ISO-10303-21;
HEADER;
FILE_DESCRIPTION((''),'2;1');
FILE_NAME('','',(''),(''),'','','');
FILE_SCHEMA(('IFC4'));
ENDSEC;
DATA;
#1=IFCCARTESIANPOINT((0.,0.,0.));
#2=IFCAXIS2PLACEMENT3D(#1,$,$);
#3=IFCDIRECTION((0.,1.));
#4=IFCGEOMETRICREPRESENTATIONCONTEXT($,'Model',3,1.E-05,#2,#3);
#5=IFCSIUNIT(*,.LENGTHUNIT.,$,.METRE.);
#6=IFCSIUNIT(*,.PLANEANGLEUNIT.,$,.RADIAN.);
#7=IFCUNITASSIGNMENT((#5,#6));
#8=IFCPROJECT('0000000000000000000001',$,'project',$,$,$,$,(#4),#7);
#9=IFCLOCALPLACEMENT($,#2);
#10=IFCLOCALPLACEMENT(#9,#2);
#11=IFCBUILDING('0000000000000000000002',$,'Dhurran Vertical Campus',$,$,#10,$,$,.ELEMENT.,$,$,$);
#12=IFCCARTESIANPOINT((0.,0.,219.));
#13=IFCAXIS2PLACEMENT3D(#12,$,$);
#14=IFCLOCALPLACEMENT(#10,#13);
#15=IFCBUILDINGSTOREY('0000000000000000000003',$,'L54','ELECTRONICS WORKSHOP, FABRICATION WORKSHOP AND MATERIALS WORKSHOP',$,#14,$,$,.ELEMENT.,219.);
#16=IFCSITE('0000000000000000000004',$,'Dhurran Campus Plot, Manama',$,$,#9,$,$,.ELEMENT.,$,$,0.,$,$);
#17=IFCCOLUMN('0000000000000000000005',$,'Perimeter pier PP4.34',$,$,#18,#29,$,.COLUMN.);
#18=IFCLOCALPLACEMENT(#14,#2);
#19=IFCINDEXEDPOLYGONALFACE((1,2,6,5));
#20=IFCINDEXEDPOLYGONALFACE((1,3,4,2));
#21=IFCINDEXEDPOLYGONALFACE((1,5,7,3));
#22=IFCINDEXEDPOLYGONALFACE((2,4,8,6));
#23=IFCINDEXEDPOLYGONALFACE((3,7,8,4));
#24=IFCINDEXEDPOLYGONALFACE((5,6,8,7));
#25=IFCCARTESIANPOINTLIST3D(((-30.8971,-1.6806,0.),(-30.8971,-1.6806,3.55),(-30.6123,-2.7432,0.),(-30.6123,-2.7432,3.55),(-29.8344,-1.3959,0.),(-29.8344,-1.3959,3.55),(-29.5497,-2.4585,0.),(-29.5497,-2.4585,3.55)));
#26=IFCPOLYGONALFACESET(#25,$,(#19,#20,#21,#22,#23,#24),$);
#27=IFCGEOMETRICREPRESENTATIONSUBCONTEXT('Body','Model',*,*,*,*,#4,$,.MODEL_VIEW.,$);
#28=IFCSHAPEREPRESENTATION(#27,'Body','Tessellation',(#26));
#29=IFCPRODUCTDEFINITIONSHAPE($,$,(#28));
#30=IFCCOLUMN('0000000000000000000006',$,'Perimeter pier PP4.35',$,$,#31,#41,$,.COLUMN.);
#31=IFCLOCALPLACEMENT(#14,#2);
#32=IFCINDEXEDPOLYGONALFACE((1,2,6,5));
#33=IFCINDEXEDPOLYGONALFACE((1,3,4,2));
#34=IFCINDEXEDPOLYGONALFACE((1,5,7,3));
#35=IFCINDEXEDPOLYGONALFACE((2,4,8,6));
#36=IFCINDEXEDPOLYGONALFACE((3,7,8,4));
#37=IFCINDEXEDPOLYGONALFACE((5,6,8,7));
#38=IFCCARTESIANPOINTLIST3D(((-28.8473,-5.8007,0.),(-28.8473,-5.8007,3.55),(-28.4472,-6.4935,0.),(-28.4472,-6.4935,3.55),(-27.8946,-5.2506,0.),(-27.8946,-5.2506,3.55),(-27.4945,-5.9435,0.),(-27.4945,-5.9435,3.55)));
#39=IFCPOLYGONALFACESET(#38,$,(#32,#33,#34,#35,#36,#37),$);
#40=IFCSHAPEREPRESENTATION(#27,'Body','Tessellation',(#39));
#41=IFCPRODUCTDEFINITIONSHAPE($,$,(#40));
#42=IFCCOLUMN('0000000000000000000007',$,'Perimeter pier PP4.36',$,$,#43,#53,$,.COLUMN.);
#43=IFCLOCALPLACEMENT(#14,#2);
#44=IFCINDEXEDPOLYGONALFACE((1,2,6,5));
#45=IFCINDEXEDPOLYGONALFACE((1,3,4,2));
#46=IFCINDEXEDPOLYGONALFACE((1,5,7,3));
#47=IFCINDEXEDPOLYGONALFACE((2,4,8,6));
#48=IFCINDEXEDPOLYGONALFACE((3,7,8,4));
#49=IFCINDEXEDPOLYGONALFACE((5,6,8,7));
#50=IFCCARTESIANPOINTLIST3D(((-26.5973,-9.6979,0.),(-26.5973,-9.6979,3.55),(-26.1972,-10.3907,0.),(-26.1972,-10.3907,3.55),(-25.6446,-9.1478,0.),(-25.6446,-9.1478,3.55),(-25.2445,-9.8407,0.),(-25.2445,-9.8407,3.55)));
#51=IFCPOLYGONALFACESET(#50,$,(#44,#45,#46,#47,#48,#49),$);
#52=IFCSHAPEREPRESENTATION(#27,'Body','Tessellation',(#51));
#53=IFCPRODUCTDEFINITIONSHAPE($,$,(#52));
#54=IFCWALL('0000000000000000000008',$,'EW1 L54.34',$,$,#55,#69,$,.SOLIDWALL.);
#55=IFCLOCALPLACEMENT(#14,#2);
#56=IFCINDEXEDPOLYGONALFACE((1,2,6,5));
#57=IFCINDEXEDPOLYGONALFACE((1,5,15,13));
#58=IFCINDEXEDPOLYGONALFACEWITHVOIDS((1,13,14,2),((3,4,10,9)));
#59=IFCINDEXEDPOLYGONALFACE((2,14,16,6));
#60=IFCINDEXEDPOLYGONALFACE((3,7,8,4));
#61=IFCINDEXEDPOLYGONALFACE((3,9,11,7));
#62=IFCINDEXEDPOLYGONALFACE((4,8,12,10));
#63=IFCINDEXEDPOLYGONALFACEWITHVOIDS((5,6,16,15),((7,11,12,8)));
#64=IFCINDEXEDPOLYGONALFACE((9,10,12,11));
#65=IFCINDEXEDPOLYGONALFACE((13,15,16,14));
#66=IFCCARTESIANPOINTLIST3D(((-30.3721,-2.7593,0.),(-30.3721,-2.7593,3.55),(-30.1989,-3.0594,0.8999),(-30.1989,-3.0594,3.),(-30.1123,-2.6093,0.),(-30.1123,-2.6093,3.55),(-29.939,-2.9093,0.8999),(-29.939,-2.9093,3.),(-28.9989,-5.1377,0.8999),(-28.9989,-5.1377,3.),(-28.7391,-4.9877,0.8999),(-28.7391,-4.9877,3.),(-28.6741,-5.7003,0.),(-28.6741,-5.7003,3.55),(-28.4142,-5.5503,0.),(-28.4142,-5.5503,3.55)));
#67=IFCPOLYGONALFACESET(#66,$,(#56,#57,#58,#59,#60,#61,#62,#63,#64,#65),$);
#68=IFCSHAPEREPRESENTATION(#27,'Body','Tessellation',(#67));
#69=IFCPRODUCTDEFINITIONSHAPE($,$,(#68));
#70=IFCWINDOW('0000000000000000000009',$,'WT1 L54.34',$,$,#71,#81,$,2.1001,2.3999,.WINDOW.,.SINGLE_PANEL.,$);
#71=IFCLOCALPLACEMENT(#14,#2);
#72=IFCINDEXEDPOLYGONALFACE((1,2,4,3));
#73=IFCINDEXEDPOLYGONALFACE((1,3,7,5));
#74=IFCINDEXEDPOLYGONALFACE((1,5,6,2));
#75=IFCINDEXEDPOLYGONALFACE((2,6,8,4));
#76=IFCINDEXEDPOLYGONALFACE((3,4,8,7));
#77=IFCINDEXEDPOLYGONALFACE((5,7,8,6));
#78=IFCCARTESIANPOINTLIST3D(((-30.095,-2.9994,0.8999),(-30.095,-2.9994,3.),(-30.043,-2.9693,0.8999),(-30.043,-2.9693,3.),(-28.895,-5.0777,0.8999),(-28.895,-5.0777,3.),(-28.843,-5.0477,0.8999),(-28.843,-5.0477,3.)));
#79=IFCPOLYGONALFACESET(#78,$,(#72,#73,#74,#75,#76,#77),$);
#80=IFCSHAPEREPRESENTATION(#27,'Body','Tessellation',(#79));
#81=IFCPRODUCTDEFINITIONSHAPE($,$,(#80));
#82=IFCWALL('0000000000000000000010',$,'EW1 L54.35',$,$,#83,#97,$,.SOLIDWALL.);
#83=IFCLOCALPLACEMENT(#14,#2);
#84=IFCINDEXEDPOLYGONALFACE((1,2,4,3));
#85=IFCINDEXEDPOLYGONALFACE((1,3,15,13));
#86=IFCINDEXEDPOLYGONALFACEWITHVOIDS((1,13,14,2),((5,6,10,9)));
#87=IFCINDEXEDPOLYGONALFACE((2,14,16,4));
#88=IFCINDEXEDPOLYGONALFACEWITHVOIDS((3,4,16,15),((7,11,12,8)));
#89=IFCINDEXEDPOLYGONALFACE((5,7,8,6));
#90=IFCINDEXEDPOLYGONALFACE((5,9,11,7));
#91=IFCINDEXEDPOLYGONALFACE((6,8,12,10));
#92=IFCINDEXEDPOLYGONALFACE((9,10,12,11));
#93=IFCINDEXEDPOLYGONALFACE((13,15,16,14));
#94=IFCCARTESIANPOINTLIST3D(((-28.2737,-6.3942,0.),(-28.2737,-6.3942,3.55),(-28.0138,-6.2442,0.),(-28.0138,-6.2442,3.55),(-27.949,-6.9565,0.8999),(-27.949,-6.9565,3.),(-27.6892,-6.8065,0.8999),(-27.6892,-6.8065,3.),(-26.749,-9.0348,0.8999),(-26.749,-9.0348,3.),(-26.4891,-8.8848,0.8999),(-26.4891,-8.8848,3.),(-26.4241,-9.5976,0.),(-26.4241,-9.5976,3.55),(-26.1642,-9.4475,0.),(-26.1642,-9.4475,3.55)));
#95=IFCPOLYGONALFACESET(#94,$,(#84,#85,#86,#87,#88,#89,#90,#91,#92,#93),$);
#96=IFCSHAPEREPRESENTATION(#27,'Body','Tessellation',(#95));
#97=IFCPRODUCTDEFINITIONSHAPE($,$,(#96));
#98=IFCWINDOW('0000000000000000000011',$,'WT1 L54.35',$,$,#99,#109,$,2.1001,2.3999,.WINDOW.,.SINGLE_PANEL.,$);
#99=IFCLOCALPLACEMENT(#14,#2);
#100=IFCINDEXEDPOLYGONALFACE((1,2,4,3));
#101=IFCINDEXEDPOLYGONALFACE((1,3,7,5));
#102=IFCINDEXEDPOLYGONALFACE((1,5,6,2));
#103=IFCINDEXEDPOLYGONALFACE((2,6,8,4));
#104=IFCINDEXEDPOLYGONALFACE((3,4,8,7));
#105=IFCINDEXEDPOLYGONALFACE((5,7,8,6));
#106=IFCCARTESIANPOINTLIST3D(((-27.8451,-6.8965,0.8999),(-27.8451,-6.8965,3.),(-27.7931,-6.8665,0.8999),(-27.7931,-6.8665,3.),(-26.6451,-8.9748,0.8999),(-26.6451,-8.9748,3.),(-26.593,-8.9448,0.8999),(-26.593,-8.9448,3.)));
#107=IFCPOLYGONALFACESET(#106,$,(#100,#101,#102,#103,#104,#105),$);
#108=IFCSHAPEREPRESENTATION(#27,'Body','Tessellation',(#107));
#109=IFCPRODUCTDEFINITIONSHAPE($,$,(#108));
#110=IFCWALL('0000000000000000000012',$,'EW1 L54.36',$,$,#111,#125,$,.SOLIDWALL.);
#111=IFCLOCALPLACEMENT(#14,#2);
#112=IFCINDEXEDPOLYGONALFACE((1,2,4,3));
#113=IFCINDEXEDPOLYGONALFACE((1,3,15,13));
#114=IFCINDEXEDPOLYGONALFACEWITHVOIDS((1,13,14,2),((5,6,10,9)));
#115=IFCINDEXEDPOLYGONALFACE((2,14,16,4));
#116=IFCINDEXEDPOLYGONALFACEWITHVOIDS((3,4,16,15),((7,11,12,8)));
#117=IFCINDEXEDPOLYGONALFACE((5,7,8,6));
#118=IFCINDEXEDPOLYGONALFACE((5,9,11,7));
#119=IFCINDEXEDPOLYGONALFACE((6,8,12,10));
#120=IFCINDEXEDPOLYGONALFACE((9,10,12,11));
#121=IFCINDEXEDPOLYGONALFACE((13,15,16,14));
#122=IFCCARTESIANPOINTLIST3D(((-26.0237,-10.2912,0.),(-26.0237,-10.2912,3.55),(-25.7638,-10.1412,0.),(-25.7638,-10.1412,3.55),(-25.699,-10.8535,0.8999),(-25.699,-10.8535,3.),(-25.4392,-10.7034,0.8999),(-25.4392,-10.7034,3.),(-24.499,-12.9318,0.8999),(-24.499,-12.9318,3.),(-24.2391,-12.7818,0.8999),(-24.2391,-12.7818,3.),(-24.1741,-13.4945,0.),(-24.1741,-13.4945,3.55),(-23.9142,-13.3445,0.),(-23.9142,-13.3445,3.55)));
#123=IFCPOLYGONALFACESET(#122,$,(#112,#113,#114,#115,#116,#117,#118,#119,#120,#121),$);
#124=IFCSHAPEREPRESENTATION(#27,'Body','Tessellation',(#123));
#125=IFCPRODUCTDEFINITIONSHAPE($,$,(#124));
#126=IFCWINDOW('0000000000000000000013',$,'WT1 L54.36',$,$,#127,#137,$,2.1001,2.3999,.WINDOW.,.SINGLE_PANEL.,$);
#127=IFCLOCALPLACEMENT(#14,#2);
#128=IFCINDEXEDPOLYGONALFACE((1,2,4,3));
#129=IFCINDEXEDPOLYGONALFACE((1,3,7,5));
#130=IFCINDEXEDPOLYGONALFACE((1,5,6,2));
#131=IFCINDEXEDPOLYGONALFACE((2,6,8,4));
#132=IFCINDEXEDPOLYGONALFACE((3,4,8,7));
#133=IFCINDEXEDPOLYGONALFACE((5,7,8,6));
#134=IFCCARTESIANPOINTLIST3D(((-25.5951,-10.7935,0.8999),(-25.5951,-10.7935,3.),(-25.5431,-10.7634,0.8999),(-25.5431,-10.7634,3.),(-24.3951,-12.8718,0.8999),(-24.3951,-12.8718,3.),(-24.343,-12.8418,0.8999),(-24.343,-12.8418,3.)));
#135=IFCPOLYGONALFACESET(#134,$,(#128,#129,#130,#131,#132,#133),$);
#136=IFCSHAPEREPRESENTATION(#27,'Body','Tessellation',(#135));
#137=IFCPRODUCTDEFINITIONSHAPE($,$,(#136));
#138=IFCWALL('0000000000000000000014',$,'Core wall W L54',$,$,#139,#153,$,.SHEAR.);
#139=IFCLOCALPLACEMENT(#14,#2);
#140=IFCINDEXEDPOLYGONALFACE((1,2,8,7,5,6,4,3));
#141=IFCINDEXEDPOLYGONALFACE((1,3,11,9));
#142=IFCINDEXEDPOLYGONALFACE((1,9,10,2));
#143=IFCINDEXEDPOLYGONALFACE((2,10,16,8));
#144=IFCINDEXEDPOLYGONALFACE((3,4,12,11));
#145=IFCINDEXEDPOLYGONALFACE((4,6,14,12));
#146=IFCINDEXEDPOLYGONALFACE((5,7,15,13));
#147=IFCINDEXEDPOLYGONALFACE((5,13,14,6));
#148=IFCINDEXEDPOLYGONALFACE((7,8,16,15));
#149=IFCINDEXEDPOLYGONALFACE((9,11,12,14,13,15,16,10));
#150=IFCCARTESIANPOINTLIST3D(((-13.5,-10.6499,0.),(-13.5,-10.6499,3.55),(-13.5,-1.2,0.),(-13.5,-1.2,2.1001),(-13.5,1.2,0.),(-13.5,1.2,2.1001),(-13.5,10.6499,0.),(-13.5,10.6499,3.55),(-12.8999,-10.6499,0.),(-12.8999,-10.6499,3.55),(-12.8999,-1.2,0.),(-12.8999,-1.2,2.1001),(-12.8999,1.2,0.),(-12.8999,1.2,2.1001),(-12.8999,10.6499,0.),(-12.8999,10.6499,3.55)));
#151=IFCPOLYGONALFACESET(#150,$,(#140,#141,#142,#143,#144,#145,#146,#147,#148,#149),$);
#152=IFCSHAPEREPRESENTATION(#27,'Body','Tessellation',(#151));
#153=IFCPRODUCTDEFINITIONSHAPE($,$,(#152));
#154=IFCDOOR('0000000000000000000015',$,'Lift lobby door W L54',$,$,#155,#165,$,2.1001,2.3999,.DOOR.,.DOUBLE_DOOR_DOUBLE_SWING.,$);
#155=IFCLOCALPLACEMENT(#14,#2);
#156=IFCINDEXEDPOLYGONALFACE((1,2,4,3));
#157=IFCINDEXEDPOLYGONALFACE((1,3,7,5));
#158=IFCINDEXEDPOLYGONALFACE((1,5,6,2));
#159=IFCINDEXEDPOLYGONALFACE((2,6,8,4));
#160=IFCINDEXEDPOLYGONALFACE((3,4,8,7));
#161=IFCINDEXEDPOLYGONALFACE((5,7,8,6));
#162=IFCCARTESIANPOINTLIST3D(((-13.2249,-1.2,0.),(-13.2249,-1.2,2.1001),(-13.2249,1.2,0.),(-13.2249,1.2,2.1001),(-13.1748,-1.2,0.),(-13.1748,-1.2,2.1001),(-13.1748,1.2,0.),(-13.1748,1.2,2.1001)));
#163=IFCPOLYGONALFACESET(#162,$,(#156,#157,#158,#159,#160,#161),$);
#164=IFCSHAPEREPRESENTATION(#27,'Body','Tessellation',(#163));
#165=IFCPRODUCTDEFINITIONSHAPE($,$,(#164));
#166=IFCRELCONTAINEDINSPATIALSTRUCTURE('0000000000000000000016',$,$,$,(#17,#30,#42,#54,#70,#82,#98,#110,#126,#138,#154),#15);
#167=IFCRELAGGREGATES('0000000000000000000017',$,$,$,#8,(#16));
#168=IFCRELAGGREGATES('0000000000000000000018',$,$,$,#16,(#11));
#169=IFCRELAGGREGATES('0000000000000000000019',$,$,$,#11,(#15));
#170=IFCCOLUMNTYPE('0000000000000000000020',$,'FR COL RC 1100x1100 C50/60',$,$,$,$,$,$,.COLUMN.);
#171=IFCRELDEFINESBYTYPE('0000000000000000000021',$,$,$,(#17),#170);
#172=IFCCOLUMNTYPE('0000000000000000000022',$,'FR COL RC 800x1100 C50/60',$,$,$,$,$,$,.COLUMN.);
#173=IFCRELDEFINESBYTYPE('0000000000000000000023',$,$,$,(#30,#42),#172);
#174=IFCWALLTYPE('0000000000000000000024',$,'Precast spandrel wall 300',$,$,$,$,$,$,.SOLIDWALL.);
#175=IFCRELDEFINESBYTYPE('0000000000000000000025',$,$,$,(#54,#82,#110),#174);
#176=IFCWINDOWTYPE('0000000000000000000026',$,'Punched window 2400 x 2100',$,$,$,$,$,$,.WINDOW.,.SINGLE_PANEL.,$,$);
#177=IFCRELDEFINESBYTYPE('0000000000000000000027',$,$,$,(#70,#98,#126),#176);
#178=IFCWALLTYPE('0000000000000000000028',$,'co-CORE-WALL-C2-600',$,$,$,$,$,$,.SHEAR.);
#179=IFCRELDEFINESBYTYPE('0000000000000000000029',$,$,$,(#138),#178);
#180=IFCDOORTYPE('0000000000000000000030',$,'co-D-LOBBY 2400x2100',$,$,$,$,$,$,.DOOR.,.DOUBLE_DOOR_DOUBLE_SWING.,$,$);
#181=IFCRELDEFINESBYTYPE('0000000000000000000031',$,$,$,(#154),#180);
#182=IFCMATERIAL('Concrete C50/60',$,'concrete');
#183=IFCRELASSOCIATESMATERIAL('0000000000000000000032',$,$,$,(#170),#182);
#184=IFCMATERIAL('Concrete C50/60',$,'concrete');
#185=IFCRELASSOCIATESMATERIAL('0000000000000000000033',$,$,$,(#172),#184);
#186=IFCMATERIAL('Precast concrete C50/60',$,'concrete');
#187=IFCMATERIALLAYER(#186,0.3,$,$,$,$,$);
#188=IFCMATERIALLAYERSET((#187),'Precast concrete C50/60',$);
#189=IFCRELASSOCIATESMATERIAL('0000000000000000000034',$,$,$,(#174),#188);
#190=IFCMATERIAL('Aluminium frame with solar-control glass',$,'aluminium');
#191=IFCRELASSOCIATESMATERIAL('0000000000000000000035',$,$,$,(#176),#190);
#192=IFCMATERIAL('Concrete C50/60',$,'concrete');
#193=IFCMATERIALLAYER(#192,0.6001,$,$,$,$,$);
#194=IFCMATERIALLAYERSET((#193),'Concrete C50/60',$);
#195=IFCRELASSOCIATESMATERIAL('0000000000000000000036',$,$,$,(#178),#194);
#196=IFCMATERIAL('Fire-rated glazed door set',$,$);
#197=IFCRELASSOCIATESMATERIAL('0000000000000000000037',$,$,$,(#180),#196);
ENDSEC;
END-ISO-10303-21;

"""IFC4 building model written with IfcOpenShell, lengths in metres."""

from ifc_helpers import new_model, si_unit, direction, frame, frame_2d, origin, origin_2d, place, context, subcontext, project, spatial, rectangle, extrude, material, layer, layer_set, material_profile, profile_set, type_object, element, fill, save


model = new_model("IFC4")

# Units and contexts
model_context = context("Model", 3, precision=1e-05, world=origin(), true_north=direction((0.0, 1.0)))
body_context = subcontext(model_context, "Body", "Model", "MODEL_VIEW")
ifc_project = project(units=[si_unit("LENGTHUNIT", "METRE"), si_unit("PLANEANGLEUNIT", "RADIAN")], contexts=[model_context])

# Site, building, storey
site_placement = place(None, origin())
site = spatial("IfcSite", under=ifc_project, at=site_placement, Name="Dhurran Campus Plot, Manama", CompositionType="ELEMENT", RefElevation=0.0)
building_placement = place(site_placement, origin())
building = spatial("IfcBuilding", under=site, at=building_placement, Name="Dhurran Vertical Campus", CompositionType="ELEMENT")
storey_placement = place(building_placement, frame((0.0, 0.0, 219.0)))
storey = spatial("IfcBuildingStorey", under=building, at=storey_placement, Name="L54", Description="ELECTRONICS WORKSHOP, FABRICATION WORKSHOP AND MATERIALS WORKSHOP", CompositionType="ELEMENT", Elevation=219.0)

# Columns
ifc_material_1 = material(Name="Concrete C50/60", Category="concrete")
ifc_material_profile_1 = material_profile(ifc_material_1, rectangle(XDim=1.1001, YDim=1.1001, at=origin_2d()), Name="RC 1100x1100")
ifc_profile_set_1 = profile_set([ifc_material_profile_1], Name="Concrete C50/60")
column_type_1 = type_object("IfcColumnType", Name="FR COL RC 1100x1100 C50/60", PredefinedType="COLUMN", material=ifc_profile_set_1)
column_placement = place(storey_placement, frame((-30.2234, -2.0696, 0.0), z_axis=(0.0, 0.0, 1.0), x_axis=(0.258819, -0.965926, 0.0)))
element("IfcColumn", 1, at=column_placement, inside=storey, type_object=column_type_1, Name="Perimeter pier PP4.34", PredefinedType="COLUMN", context=body_context, shape_type="SweptSolid", body=[
    extrude(rectangle(XDim=1.1001, YDim=1.1001, at=origin_2d()), origin(), (0.0, 0.0, 1.0), 3.55),
])
ifc_material_2 = material(Name="Concrete C50/60", Category="concrete")
ifc_material_profile_2 = material_profile(ifc_material_2, rectangle(XDim=0.8, YDim=1.1001, at=origin_2d()), Name="RC 800x1100")
ifc_profile_set_2 = profile_set([ifc_material_profile_2], Name="Concrete C50/60")
column_type_2 = type_object("IfcColumnType", Name="FR COL RC 800x1100 C50/60", PredefinedType="COLUMN", material=ifc_profile_set_2)
for number, where, z_axis, x_axis, name in (
    (2, (-28.1709, -5.8721, 0.0), (0.0, 0.0, 1.0), (0.5, -0.866025, 0.0), "Perimeter pier PP4.35"),
    (3, (-25.9209, -9.7693, 0.0), (0.0, 0.0, 1.0), (0.5, -0.866025, 0.0), "Perimeter pier PP4.36"),
):
    element("IfcColumn", number, at=place(storey_placement, frame(where, z_axis=z_axis, x_axis=x_axis)), inside=storey, type_object=column_type_2, Name=name, PredefinedType="COLUMN", context=body_context, shape_type="SweptSolid", body=[
        extrude(rectangle(XDim=0.8, YDim=1.1001, at=origin_2d()), origin(), (0.0, 0.0, 1.0), 3.55),
    ])

# Walls, openings, windows
ifc_material_3 = material(Name="Precast concrete C50/60", Category="concrete")
ifc_layer_1 = layer(ifc_material_3, 0.3)
ifc_layer_set_1 = layer_set([ifc_layer_1], Name="Precast concrete C50/60")
wall_type_1 = type_object("IfcWallType", Name="Precast spandrel wall 300", PredefinedType="SOLIDWALL", material=ifc_layer_set_1)
wall_1_placement = place(storey_placement, frame((-30.2422, -2.6843, 0.0), z_axis=(0.0, 0.0, 1.0), x_axis=(0.500013, -0.866018, 0.0)))
wall_1 = element("IfcWall", 4, at=wall_1_placement, inside=storey, type_object=wall_type_1, Name="EW1 L54.34", PredefinedType="SOLIDWALL", context=body_context, shape_type="SweptSolid", body=[
    extrude(rectangle(XDim=3.396, YDim=0.3, at=frame_2d((1.698, 0.0))), origin(), (0.0, 0.0, 1.0), 3.55),
])
opening_1_placement = place(wall_1_placement, frame((0.3464, 0.0, 0.8999)))
opening_1 = element("IfcOpeningElement", 5, at=opening_1_placement, cuts=wall_1, PredefinedType="OPENING", context=body_context, shape_type="SweptSolid", body=[
    extrude(rectangle(XDim=2.3999, YDim=2.1001, at=frame_2d((1.2, 1.05))), frame((0.0, 0.1599, 0.0), z_axis=(0.0, -1.0, 0.0), x_axis=(1.0, 0.0, 0.0)), (0.0, 0.0, 1.0), 0.3201),
])
ifc_material_4 = material(Name="Aluminium frame with solar-control glass", Category="aluminium")
window_type = type_object("IfcWindowType", Name="Punched window 2400 x 2100", PartitioningType="SINGLE_PANEL", PredefinedType="WINDOW", material=ifc_material_4)
window_1_placement = place(opening_1_placement, origin())
window_1 = element("IfcWindow", 6, at=window_1_placement, inside=storey, type_object=window_type, Name="WT1 L54.34", OverallHeight=2.1001, OverallWidth=2.3999, PartitioningType="SINGLE_PANEL", PredefinedType="WINDOW", context=body_context, shape_type="SweptSolid", body=[
    extrude(rectangle(XDim=2.3999, YDim=2.1001, at=frame_2d((1.2, 1.05))), frame((0.0, 0.03, 0.0), z_axis=(0.0, -1.0, 0.0), x_axis=(1.0, 0.0, 0.0)), (0.0, 0.0, 1.0), 0.0601),
])
fill(opening_1, window_1)
wall_2_placement = place(storey_placement, frame((-28.1438, -6.3191, 0.0), z_axis=(0.0, 0.0, 1.0), x_axis=(0.500029, -0.866009, 0.0)))
wall_2 = element("IfcWall", 7, at=wall_2_placement, inside=storey, type_object=wall_type_1, Name="EW1 L54.35", PredefinedType="SOLIDWALL", context=body_context, shape_type="SweptSolid", body=[
    extrude(rectangle(XDim=3.699, YDim=0.3, at=frame_2d((1.8496, 0.0))), origin(), (0.0, 0.0, 1.0), 3.55),
])
opening_2_placement = place(wall_2_placement, frame((0.6494, 0.0, 0.8999)))
opening_2 = element("IfcOpeningElement", 8, at=opening_2_placement, cuts=wall_2, PredefinedType="OPENING", context=body_context, shape_type="SweptSolid", body=[
    extrude(rectangle(XDim=2.3999, YDim=2.1001, at=frame_2d((1.2, 1.05))), frame((0.0, 0.1599, 0.0), z_axis=(0.0, -1.0, 0.0), x_axis=(1.0, 0.0, 0.0)), (0.0, 0.0, 1.0), 0.3201),
])
window_2_placement = place(opening_2_placement, origin())
window_2 = element("IfcWindow", 9, at=window_2_placement, inside=storey, type_object=window_type, Name="WT1 L54.35", OverallHeight=2.1001, OverallWidth=2.3999, PartitioningType="SINGLE_PANEL", PredefinedType="WINDOW", context=body_context, shape_type="SweptSolid", body=[
    extrude(rectangle(XDim=2.3999, YDim=2.1001, at=frame_2d((1.2, 1.05))), frame((0.0, 0.03, 0.0), z_axis=(0.0, -1.0, 0.0), x_axis=(1.0, 0.0, 0.0)), (0.0, 0.0, 1.0), 0.0601),
])
fill(opening_2, window_2)
wall_3_placement = place(storey_placement, frame((-25.8938, -10.2161, 0.0), z_axis=(0.0, 0.0, 1.0), x_axis=(0.500029, -0.866009, 0.0)))
wall_3 = element("IfcWall", 10, at=wall_3_placement, inside=storey, type_object=wall_type_1, Name="EW1 L54.36", PredefinedType="SOLIDWALL", context=body_context, shape_type="SweptSolid", body=[
    extrude(rectangle(XDim=3.699, YDim=0.3, at=frame_2d((1.8496, 0.0))), origin(), (0.0, 0.0, 1.0), 3.55),
])
opening_3_placement = place(wall_3_placement, frame((0.6494, 0.0, 0.8999)))
opening_3 = element("IfcOpeningElement", 11, at=opening_3_placement, cuts=wall_3, PredefinedType="OPENING", context=body_context, shape_type="SweptSolid", body=[
    extrude(rectangle(XDim=2.3999, YDim=2.1001, at=frame_2d((1.2, 1.05))), frame((0.0, 0.1599, 0.0), z_axis=(0.0, -1.0, 0.0), x_axis=(1.0, 0.0, 0.0)), (0.0, 0.0, 1.0), 0.3201),
])
window_3_placement = place(opening_3_placement, origin())
window_3 = element("IfcWindow", 12, at=window_3_placement, inside=storey, type_object=window_type, Name="WT1 L54.36", OverallHeight=2.1001, OverallWidth=2.3999, PartitioningType="SINGLE_PANEL", PredefinedType="WINDOW", context=body_context, shape_type="SweptSolid", body=[
    extrude(rectangle(XDim=2.3999, YDim=2.1001, at=frame_2d((1.2, 1.05))), frame((0.0, 0.03, 0.0), z_axis=(0.0, -1.0, 0.0), x_axis=(1.0, 0.0, 0.0)), (0.0, 0.0, 1.0), 0.0601),
])
fill(opening_3, window_3)

# Wall, opening, door
ifc_material_5 = material(Name="Concrete C50/60", Category="concrete")
ifc_layer_2 = layer(ifc_material_5, 0.6001)
ifc_layer_set_2 = layer_set([ifc_layer_2], Name="Concrete C50/60")
wall_type_2 = type_object("IfcWallType", Name="co-CORE-WALL-C2-600", PredefinedType="SHEAR", material=ifc_layer_set_2)
wall_4_placement = place(storey_placement, frame((-13.2, -10.6499, 0.0), z_axis=(0.0, 0.0, 1.0), x_axis=(0.0, 1.0, 0.0)))
wall_4 = element("IfcWall", 13, at=wall_4_placement, inside=storey, type_object=wall_type_2, Name="Core wall W L54", PredefinedType="SHEAR", context=body_context, shape_type="SweptSolid", body=[
    extrude(rectangle(XDim=21.2998, YDim=0.6001, at=frame_2d((10.6499, 0.0))), origin(), (0.0, 0.0, 1.0), 3.55),
])
opening_4_placement = place(wall_4_placement, frame((9.45, 0.0, 0.0)))
opening_4 = element("IfcOpeningElement", 14, at=opening_4_placement, cuts=wall_4, PredefinedType="OPENING", context=body_context, shape_type="SweptSolid", body=[
    extrude(rectangle(XDim=2.3999, YDim=2.1001, at=frame_2d((1.2, 1.05))), frame((0.0, 0.3101, 0.0), z_axis=(0.0, -1.0, 0.0), x_axis=(1.0, 0.0, 0.0)), (0.0, 0.0, 1.0), 0.6201),
])
ifc_material_6 = material(Name="Fire-rated glazed door set")
door_type_1 = type_object("IfcDoorType", Name="co-D-LOBBY 2400x2100", OperationType="DOUBLE_DOOR_DOUBLE_SWING", PredefinedType="DOOR", material=ifc_material_6)
door_1_placement = place(opening_4_placement, origin())
door_1 = element("IfcDoor", 15, at=door_1_placement, inside=storey, type_object=door_type_1, Name="Lift lobby door W L54", OperationType="DOUBLE_DOOR_DOUBLE_SWING", OverallHeight=2.1001, OverallWidth=2.3999, PredefinedType="DOOR", context=body_context, shape_type="SweptSolid", body=[
    extrude(rectangle(XDim=2.3999, YDim=2.1001, at=frame_2d((1.2, 1.05))), frame((0.0, 0.0249, 0.0), z_axis=(0.0, -1.0, 0.0), x_axis=(1.0, 0.0, 0.0)), (0.0, 0.0, 1.0), 0.05),
])
fill(opening_4, door_1)

save(model, "model.ifc")
